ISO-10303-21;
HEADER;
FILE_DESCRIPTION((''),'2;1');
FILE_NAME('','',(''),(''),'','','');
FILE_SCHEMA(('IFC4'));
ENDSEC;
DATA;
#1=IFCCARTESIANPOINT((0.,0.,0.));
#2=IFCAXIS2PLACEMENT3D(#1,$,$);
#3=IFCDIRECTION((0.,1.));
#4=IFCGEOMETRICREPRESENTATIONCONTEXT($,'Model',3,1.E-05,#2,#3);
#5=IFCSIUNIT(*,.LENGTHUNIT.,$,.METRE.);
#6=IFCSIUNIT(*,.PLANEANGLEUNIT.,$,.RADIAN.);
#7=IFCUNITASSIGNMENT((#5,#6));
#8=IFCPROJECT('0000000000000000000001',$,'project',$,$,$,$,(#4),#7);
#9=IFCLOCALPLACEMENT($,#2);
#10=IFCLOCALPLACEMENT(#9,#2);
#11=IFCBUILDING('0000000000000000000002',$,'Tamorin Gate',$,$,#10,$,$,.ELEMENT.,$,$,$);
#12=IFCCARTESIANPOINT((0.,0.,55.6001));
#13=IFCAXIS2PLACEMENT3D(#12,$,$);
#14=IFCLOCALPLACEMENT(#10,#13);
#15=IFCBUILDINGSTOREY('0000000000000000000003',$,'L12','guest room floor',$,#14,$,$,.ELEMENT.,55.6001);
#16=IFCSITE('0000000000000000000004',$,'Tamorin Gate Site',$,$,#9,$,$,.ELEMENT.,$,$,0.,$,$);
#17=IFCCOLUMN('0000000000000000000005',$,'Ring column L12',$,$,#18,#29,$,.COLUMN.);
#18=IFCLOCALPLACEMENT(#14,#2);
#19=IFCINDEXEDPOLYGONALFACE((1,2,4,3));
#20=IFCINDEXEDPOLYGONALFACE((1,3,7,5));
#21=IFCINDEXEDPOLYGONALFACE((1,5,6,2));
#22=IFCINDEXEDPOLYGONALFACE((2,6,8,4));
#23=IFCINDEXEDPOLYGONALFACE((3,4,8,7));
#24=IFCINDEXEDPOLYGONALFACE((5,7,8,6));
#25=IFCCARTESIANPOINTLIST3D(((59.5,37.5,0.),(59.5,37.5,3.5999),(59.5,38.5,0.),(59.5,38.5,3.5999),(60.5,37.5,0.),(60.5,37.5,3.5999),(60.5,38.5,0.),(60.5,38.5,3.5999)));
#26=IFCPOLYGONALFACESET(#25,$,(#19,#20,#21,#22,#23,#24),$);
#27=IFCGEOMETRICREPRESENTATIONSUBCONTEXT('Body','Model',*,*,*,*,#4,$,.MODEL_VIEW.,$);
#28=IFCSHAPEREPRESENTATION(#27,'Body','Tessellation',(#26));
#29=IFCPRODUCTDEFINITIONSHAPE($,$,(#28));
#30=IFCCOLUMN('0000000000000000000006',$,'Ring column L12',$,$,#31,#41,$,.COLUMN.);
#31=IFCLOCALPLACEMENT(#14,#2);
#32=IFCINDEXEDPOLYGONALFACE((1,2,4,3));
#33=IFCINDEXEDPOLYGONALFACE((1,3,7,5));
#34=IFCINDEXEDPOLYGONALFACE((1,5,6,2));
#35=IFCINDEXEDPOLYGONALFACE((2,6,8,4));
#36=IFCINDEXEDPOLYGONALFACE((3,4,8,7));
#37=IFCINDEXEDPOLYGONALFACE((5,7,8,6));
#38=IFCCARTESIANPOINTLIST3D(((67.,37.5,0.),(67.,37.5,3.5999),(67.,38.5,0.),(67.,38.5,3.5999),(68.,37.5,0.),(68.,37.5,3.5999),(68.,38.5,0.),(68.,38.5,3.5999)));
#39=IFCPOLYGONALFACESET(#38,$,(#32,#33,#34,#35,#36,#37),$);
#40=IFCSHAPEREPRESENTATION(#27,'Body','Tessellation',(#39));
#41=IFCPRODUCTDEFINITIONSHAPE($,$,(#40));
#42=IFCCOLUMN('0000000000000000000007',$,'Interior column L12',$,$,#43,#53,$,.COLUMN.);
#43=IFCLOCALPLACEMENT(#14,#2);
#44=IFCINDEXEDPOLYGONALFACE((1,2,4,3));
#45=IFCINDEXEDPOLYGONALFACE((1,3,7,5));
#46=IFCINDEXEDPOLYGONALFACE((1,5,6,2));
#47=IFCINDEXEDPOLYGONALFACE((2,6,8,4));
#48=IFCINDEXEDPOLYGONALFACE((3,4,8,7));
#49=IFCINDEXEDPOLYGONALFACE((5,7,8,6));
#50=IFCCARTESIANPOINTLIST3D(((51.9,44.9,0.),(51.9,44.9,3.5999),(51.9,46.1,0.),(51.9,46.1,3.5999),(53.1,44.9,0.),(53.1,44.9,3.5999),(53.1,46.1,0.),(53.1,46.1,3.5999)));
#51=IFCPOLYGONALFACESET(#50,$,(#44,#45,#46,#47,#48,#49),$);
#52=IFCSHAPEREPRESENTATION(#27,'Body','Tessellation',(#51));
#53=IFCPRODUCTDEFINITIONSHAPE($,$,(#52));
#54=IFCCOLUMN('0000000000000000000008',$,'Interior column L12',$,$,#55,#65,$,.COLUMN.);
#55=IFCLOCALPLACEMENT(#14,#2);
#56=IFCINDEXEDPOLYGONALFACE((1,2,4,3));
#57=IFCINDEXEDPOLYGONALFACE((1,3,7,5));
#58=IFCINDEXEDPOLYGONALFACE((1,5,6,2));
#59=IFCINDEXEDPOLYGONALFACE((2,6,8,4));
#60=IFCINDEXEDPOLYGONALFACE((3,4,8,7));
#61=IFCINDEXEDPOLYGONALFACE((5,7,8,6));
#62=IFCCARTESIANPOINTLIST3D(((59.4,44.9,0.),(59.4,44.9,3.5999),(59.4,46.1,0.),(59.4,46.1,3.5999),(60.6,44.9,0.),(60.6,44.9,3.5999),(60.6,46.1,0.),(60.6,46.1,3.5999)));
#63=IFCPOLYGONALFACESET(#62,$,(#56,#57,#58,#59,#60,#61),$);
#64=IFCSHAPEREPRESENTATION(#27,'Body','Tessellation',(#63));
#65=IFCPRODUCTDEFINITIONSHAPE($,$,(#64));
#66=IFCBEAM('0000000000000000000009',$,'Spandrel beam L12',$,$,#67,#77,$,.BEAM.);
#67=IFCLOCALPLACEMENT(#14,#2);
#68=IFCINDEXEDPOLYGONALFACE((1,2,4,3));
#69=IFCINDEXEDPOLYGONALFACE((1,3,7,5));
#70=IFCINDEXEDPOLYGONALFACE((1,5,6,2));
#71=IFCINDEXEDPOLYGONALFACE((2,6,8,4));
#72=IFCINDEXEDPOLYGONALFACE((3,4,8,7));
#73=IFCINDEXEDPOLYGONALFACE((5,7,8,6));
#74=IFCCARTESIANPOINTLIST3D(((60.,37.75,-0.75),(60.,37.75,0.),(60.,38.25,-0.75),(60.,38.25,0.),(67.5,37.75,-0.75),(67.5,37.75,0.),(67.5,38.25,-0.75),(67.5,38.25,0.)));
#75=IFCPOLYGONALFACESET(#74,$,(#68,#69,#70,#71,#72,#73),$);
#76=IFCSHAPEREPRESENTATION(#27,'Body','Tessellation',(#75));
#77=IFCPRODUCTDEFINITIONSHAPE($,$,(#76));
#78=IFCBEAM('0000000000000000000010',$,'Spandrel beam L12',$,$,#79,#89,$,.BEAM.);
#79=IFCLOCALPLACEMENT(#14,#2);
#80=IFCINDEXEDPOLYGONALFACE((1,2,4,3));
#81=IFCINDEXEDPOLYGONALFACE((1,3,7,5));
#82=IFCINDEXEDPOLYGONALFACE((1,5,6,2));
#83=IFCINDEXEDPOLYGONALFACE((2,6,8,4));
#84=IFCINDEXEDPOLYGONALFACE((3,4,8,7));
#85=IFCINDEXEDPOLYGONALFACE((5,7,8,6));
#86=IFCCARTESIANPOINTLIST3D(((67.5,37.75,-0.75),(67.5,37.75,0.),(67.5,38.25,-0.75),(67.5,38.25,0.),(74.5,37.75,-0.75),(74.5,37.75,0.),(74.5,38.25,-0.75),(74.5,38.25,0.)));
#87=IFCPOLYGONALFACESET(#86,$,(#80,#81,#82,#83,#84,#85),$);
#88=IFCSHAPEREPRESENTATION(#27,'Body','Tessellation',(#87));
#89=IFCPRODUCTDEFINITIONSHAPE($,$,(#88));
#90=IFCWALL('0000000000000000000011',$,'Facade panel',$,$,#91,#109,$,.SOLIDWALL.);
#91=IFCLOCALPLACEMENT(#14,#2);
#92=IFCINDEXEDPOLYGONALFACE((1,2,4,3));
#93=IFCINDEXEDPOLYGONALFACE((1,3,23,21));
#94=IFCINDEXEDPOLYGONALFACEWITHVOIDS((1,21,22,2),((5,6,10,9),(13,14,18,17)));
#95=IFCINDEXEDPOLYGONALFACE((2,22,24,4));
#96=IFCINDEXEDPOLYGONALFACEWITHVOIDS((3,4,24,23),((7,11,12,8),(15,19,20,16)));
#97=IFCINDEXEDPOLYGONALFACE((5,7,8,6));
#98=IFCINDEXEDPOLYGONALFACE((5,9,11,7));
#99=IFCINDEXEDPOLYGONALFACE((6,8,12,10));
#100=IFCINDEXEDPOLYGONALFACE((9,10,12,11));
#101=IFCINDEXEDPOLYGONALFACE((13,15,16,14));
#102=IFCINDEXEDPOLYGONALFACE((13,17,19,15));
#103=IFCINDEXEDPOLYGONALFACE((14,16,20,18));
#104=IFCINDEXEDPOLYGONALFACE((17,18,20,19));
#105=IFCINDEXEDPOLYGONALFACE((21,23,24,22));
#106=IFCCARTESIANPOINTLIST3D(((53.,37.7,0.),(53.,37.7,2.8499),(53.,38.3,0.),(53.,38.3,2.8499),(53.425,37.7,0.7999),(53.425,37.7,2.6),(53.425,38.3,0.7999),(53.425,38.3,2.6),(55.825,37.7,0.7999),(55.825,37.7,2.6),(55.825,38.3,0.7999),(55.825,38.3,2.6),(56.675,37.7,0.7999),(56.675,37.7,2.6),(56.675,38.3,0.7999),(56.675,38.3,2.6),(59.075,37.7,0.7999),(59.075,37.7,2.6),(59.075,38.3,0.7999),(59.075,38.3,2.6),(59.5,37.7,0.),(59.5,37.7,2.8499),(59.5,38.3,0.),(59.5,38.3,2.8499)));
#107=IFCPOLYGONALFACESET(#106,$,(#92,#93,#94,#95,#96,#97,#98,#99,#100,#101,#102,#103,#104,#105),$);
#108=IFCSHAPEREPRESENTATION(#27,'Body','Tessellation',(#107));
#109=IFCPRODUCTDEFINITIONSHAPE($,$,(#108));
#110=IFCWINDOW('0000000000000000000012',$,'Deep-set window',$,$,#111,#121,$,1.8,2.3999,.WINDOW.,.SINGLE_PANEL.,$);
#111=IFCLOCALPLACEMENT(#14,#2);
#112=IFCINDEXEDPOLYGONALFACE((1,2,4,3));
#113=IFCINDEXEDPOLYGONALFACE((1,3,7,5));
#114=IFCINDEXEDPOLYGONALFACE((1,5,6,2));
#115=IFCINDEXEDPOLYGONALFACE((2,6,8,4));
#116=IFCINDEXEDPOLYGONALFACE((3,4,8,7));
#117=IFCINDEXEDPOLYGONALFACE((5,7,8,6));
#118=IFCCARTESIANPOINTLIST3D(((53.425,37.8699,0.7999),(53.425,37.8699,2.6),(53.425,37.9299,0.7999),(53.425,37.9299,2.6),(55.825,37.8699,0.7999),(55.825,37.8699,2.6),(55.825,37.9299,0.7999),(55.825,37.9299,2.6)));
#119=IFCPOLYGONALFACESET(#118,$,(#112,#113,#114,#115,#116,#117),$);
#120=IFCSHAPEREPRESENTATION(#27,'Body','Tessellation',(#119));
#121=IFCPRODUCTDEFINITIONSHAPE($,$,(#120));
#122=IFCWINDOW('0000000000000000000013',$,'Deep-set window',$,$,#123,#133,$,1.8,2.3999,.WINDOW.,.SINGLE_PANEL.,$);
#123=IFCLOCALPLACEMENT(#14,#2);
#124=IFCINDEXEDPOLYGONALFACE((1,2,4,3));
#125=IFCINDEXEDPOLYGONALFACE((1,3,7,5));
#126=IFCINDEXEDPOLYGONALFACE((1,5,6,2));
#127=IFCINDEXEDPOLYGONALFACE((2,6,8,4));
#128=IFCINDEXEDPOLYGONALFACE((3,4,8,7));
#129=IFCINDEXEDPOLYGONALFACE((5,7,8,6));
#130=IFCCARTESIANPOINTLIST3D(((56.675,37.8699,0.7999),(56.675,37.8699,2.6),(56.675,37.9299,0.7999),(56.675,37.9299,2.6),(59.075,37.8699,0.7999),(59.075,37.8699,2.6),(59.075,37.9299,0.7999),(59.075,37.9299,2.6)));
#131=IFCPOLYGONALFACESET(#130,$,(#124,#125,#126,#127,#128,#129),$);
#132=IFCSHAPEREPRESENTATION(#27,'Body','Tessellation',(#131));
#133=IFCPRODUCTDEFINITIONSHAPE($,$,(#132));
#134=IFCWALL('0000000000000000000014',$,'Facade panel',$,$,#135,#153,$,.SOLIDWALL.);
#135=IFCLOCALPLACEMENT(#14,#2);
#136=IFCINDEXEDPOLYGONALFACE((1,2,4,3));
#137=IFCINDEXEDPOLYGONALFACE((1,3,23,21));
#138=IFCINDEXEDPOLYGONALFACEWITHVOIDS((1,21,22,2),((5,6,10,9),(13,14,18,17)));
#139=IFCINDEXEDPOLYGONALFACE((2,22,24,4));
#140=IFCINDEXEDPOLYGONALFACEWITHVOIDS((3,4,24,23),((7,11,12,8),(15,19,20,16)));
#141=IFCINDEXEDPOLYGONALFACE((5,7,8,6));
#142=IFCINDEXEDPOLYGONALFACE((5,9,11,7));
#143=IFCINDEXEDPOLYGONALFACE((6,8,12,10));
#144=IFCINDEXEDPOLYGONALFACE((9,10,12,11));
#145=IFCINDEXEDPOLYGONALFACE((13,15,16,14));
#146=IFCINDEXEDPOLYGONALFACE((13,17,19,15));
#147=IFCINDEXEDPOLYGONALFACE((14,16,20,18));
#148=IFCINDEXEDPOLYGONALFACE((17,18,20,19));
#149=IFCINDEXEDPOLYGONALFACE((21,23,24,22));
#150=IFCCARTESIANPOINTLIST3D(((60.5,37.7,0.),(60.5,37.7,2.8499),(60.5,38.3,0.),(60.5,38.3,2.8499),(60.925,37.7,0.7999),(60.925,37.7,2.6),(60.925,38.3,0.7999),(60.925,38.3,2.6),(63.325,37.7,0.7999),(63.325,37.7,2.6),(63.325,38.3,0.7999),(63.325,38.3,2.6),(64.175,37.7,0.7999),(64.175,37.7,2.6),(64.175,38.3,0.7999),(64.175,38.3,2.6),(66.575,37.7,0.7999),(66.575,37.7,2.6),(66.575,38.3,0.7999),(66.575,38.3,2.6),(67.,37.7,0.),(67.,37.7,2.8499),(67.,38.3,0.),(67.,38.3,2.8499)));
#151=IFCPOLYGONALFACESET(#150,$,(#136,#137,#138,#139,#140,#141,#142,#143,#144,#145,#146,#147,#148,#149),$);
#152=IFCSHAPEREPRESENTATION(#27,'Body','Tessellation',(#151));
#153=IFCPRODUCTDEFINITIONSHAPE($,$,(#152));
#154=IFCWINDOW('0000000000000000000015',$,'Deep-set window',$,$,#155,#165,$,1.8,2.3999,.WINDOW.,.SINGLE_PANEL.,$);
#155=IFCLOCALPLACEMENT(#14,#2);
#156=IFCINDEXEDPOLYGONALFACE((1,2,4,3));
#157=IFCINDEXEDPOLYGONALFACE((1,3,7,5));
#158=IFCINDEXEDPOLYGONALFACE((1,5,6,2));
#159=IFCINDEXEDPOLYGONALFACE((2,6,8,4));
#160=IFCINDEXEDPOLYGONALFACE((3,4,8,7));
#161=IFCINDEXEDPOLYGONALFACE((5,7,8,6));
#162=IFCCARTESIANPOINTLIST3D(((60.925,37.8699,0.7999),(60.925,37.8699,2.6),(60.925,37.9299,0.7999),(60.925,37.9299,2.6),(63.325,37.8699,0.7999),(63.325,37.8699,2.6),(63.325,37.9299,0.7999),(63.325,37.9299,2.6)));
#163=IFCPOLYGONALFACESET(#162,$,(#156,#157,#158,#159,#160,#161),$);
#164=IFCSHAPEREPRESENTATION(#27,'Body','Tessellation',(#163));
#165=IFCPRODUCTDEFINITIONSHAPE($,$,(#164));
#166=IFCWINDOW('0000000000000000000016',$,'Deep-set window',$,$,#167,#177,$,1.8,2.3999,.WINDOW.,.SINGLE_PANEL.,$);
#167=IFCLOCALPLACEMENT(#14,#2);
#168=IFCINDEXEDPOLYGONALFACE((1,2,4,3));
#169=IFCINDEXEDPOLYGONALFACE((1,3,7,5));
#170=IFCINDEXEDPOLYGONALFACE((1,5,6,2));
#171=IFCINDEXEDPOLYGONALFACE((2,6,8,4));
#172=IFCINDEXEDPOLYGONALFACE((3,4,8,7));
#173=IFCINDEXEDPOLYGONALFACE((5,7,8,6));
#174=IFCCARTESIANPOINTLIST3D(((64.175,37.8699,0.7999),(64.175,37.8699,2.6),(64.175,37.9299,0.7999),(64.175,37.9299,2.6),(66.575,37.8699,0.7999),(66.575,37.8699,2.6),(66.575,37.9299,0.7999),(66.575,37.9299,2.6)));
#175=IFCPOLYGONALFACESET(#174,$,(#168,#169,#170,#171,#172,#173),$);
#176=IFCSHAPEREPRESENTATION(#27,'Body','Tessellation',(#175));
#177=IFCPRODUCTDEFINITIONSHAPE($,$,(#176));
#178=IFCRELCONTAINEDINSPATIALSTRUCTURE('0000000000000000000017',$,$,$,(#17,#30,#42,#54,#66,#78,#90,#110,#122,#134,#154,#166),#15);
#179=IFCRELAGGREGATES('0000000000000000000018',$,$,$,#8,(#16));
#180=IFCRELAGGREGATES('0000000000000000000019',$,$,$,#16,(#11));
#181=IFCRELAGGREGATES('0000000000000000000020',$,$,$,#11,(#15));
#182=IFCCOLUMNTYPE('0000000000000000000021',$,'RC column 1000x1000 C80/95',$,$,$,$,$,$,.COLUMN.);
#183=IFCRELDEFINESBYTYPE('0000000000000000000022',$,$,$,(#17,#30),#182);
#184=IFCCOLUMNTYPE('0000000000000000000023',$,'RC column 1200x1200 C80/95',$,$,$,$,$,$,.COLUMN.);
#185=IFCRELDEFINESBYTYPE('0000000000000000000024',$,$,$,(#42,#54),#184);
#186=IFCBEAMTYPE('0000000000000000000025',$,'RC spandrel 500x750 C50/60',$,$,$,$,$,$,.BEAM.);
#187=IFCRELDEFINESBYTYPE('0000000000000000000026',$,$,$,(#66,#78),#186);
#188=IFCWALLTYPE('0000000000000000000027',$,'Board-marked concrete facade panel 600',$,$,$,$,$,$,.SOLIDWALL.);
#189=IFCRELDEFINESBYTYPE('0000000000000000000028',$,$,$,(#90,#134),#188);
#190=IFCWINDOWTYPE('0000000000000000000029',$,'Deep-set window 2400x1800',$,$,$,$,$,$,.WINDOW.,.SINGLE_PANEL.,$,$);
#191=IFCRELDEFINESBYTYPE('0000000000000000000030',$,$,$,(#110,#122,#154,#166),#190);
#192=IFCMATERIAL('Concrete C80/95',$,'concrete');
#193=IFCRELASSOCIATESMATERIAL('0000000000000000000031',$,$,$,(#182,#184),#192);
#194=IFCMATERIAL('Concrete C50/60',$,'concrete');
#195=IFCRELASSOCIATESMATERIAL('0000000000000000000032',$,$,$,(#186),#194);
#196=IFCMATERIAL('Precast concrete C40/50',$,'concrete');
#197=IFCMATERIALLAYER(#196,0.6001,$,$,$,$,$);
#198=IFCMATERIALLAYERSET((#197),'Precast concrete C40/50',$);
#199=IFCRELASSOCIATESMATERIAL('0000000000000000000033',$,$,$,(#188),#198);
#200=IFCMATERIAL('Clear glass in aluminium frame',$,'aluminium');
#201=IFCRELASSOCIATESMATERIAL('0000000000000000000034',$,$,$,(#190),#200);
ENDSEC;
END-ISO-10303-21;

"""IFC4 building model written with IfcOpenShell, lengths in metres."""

from ifc_helpers import new_model, si_unit, direction, frame, frame_2d, origin, origin_2d, place, context, subcontext, project, spatial, rectangle, extrude, material, layer, layer_set, material_profile, profile_set, type_object, element, fill, save


model = new_model("IFC4")

# Units and contexts
model_context = context("Model", 3, precision=1e-05, world=origin(), true_north=direction((0.0, 1.0)))
body_context = subcontext(model_context, "Body", "Model", "MODEL_VIEW")
ifc_project = project(units=[si_unit("LENGTHUNIT", "METRE"), si_unit("PLANEANGLEUNIT", "RADIAN")], contexts=[model_context])

# Site, building, storey
site_placement = place(None, origin())
site = spatial("IfcSite", under=ifc_project, at=site_placement, Name="Tamorin Gate Site", CompositionType="ELEMENT", RefElevation=0.0)
building_placement = place(site_placement, origin())
building = spatial("IfcBuilding", under=site, at=building_placement, Name="Tamorin Gate", CompositionType="ELEMENT")
storey_placement = place(building_placement, frame((0.0, 0.0, 55.6001)))
storey = spatial("IfcBuildingStorey", under=building, at=storey_placement, Name="L12", Description="guest room floor", CompositionType="ELEMENT", Elevation=55.6001)

# Columns
ifc_material_1 = material(Name="Concrete C80/95", Category="concrete")
ifc_material_profile_1 = material_profile(ifc_material_1, rectangle(XDim=1.0, YDim=1.0, at=origin_2d()), Name="RC 1000x1000")
ifc_profile_set_1 = profile_set([ifc_material_profile_1], Name="Concrete C80/95")
column_type_1 = type_object("IfcColumnType", Name="RC column 1000x1000 C80/95", PredefinedType="COLUMN", material=ifc_profile_set_1)
for number, where, z_axis, x_axis, name in (
    (1, (60.0, 38.0, 0.0), (0.0, 0.0, 1.0), (1.0, 0.0, 0.0), "Ring column L12"),
    (2, (67.5, 38.0, 0.0), (0.0, 0.0, 1.0), (1.0, 0.0, 0.0), "Ring column L12"),
):
    element("IfcColumn", number, at=place(storey_placement, frame(where, z_axis=z_axis, x_axis=x_axis)), inside=storey, type_object=column_type_1, Name=name, PredefinedType="COLUMN", context=body_context, shape_type="SweptSolid", body=[
        extrude(rectangle(XDim=1.0, YDim=1.0, at=origin_2d()), origin(), (0.0, 0.0, 1.0), 3.5999),
    ])
ifc_material_profile_2 = material_profile(ifc_material_1, rectangle(XDim=1.2, YDim=1.2, at=origin_2d()), Name="RC 1200x1200")
ifc_profile_set_2 = profile_set([ifc_material_profile_2], Name="Concrete C80/95")
column_type_2 = type_object("IfcColumnType", Name="RC column 1200x1200 C80/95", PredefinedType="COLUMN", material=ifc_profile_set_2)
for number, where, z_axis, x_axis, name in (
    (3, (52.5, 45.5, 0.0), (0.0, 0.0, 1.0), (1.0, 0.0, 0.0), "Interior column L12"),
    (4, (60.0, 45.5, 0.0), (0.0, 0.0, 1.0), (1.0, 0.0, 0.0), "Interior column L12"),
):
    element("IfcColumn", number, at=place(storey_placement, frame(where, z_axis=z_axis, x_axis=x_axis)), inside=storey, type_object=column_type_2, Name=name, PredefinedType="COLUMN", context=body_context, shape_type="SweptSolid", body=[
        extrude(rectangle(XDim=1.2, YDim=1.2, at=origin_2d()), origin(), (0.0, 0.0, 1.0), 3.5999),
    ])

# Beams
ifc_material_2 = material(Name="Concrete C50/60", Category="concrete")
ifc_material_profile_3 = material_profile(ifc_material_2, rectangle(XDim=0.5, YDim=0.75, at=origin_2d()), Name="RC 500x750")
ifc_profile_set_3 = profile_set([ifc_material_profile_3], Name="Concrete C50/60")
beam_type = type_object("IfcBeamType", Name="RC spandrel 500x750 C50/60", PredefinedType="BEAM", material=ifc_profile_set_3)
beam_1_placement = place(storey_placement, frame((60.0, 38.0, -0.375), z_axis=(1.0, 0.0, 0.0), x_axis=(0.0, 1.0, 0.0)))
element("IfcBeam", 5, at=beam_1_placement, inside=storey, type_object=beam_type, Name="Spandrel beam L12", PredefinedType="BEAM", context=body_context, shape_type="SweptSolid", body=[
    extrude(rectangle(XDim=0.5, YDim=0.75, at=origin_2d()), origin(), (0.0, 0.0, 1.0), 7.5),
])
beam_2_placement = place(storey_placement, frame((67.5, 38.0, -0.375), z_axis=(1.0, 0.0, 0.0), x_axis=(0.0, 1.0, 0.0)))
element("IfcBeam", 6, at=beam_2_placement, inside=storey, type_object=beam_type, Name="Spandrel beam L12", PredefinedType="BEAM", context=body_context, shape_type="SweptSolid", body=[
    extrude(rectangle(XDim=0.5, YDim=0.75, at=origin_2d()), origin(), (0.0, 0.0, 1.0), 7.0),
])

# Walls, openings, windows
ifc_material_3 = material(Name="Precast concrete C40/50", Category="concrete")
ifc_layer_1 = layer(ifc_material_3, 0.6001)
ifc_layer_set_1 = layer_set([ifc_layer_1], Name="Precast concrete C40/50")
wall_type_1 = type_object("IfcWallType", Name="Board-marked concrete facade panel 600", PredefinedType="SOLIDWALL", material=ifc_layer_set_1)
wall_1_placement = place(storey_placement, frame((53.0, 38.0, 0.0), z_axis=(0.0, 0.0, 1.0), x_axis=(1.0, 0.0, 0.0)))
wall_1 = element("IfcWall", 7, at=wall_1_placement, inside=storey, type_object=wall_type_1, Name="Facade panel", PredefinedType="SOLIDWALL", context=body_context, shape_type="SweptSolid", body=[
    extrude(rectangle(XDim=6.5, YDim=0.6001, at=frame_2d((3.25, 0.0))), origin(), (0.0, 0.0, 1.0), 2.8499),
])
opening_1_placement = place(wall_1_placement, frame((0.425, 0.0, 0.8)))
opening_1 = element("IfcOpeningElement", 8, at=opening_1_placement, cuts=wall_1, PredefinedType="OPENING", context=body_context, shape_type="SweptSolid", body=[
    extrude(rectangle(XDim=2.3999, YDim=1.8, at=frame_2d((1.2, 0.8999))), frame((0.0, 0.3101, 0.0), z_axis=(0.0, -1.0, 0.0), x_axis=(1.0, 0.0, 0.0)), (0.0, 0.0, 1.0), 0.6201),
])
opening_2_placement = place(wall_1_placement, frame((3.675, 0.0, 0.8)))
opening_2 = element("IfcOpeningElement", 9, at=opening_2_placement, cuts=wall_1, PredefinedType="OPENING", context=body_context, shape_type="SweptSolid", body=[
    extrude(rectangle(XDim=2.3999, YDim=1.8, at=frame_2d((1.2, 0.8999))), frame((0.0, 0.3101, 0.0), z_axis=(0.0, -1.0, 0.0), x_axis=(1.0, 0.0, 0.0)), (0.0, 0.0, 1.0), 0.6201),
])
ifc_material_4 = material(Name="Clear glass in aluminium frame", Category="aluminium")
window_type = type_object("IfcWindowType", Name="Deep-set window 2400x1800", PartitioningType="SINGLE_PANEL", PredefinedType="WINDOW", material=ifc_material_4)
window_1_placement = place(opening_1_placement, origin())
window_1 = element("IfcWindow", 10, at=window_1_placement, inside=storey, type_object=window_type, Name="Deep-set window", OverallHeight=1.8, OverallWidth=2.3999, PartitioningType="SINGLE_PANEL", PredefinedType="WINDOW", context=body_context, shape_type="SweptSolid", body=[
    extrude(rectangle(XDim=2.3999, YDim=1.8, at=frame_2d((1.2, 0.8999))), frame((0.0, -0.0701, 0.0), z_axis=(0.0, -1.0, 0.0), x_axis=(1.0, 0.0, 0.0)), (0.0, 0.0, 1.0), 0.0601),
])
fill(opening_1, window_1)
window_2_placement = place(opening_2_placement, origin())
window_2 = element("IfcWindow", 11, at=window_2_placement, inside=storey, type_object=window_type, Name="Deep-set window", OverallHeight=1.8, OverallWidth=2.3999, PartitioningType="SINGLE_PANEL", PredefinedType="WINDOW", context=body_context, shape_type="SweptSolid", body=[
    extrude(rectangle(XDim=2.3999, YDim=1.8, at=frame_2d((1.2, 0.8999))), frame((0.0, -0.0701, 0.0), z_axis=(0.0, -1.0, 0.0), x_axis=(1.0, 0.0, 0.0)), (0.0, 0.0, 1.0), 0.0601),
])
fill(opening_2, window_2)
wall_2_placement = place(storey_placement, frame((60.5, 38.0, 0.0), z_axis=(0.0, 0.0, 1.0), x_axis=(1.0, 0.0, 0.0)))
wall_2 = element("IfcWall", 12, at=wall_2_placement, inside=storey, type_object=wall_type_1, Name="Facade panel", PredefinedType="SOLIDWALL", context=body_context, shape_type="SweptSolid", body=[
    extrude(rectangle(XDim=6.5, YDim=0.6001, at=frame_2d((3.25, 0.0))), origin(), (0.0, 0.0, 1.0), 2.8499),
])
opening_3_placement = place(wall_2_placement, frame((0.425, 0.0, 0.8)))
opening_3 = element("IfcOpeningElement", 13, at=opening_3_placement, cuts=wall_2, PredefinedType="OPENING", context=body_context, shape_type="SweptSolid", body=[
    extrude(rectangle(XDim=2.3999, YDim=1.8, at=frame_2d((1.2, 0.8999))), frame((0.0, 0.3101, 0.0), z_axis=(0.0, -1.0, 0.0), x_axis=(1.0, 0.0, 0.0)), (0.0, 0.0, 1.0), 0.6201),
])
opening_4_placement = place(wall_2_placement, frame((3.675, 0.0, 0.8)))
opening_4 = element("IfcOpeningElement", 14, at=opening_4_placement, cuts=wall_2, PredefinedType="OPENING", context=body_context, shape_type="SweptSolid", body=[
    extrude(rectangle(XDim=2.3999, YDim=1.8, at=frame_2d((1.2, 0.8999))), frame((0.0, 0.3101, 0.0), z_axis=(0.0, -1.0, 0.0), x_axis=(1.0, 0.0, 0.0)), (0.0, 0.0, 1.0), 0.6201),
])
window_3_placement = place(opening_3_placement, origin())
window_3 = element("IfcWindow", 15, at=window_3_placement, inside=storey, type_object=window_type, Name="Deep-set window", OverallHeight=1.8, OverallWidth=2.3999, PartitioningType="SINGLE_PANEL", PredefinedType="WINDOW", context=body_context, shape_type="SweptSolid", body=[
    extrude(rectangle(XDim=2.3999, YDim=1.8, at=frame_2d((1.2, 0.8999))), frame((0.0, -0.0701, 0.0), z_axis=(0.0, -1.0, 0.0), x_axis=(1.0, 0.0, 0.0)), (0.0, 0.0, 1.0), 0.0601),
])
fill(opening_3, window_3)
window_4_placement = place(opening_4_placement, origin())
window_4 = element("IfcWindow", 16, at=window_4_placement, inside=storey, type_object=window_type, Name="Deep-set window", OverallHeight=1.8, OverallWidth=2.3999, PartitioningType="SINGLE_PANEL", PredefinedType="WINDOW", context=body_context, shape_type="SweptSolid", body=[
    extrude(rectangle(XDim=2.3999, YDim=1.8, at=frame_2d((1.2, 0.8999))), frame((0.0, -0.0701, 0.0), z_axis=(0.0, -1.0, 0.0), x_axis=(1.0, 0.0, 0.0)), (0.0, 0.0, 1.0), 0.0601),
])
fill(opening_4, window_4)

save(model, "model.ifc")
